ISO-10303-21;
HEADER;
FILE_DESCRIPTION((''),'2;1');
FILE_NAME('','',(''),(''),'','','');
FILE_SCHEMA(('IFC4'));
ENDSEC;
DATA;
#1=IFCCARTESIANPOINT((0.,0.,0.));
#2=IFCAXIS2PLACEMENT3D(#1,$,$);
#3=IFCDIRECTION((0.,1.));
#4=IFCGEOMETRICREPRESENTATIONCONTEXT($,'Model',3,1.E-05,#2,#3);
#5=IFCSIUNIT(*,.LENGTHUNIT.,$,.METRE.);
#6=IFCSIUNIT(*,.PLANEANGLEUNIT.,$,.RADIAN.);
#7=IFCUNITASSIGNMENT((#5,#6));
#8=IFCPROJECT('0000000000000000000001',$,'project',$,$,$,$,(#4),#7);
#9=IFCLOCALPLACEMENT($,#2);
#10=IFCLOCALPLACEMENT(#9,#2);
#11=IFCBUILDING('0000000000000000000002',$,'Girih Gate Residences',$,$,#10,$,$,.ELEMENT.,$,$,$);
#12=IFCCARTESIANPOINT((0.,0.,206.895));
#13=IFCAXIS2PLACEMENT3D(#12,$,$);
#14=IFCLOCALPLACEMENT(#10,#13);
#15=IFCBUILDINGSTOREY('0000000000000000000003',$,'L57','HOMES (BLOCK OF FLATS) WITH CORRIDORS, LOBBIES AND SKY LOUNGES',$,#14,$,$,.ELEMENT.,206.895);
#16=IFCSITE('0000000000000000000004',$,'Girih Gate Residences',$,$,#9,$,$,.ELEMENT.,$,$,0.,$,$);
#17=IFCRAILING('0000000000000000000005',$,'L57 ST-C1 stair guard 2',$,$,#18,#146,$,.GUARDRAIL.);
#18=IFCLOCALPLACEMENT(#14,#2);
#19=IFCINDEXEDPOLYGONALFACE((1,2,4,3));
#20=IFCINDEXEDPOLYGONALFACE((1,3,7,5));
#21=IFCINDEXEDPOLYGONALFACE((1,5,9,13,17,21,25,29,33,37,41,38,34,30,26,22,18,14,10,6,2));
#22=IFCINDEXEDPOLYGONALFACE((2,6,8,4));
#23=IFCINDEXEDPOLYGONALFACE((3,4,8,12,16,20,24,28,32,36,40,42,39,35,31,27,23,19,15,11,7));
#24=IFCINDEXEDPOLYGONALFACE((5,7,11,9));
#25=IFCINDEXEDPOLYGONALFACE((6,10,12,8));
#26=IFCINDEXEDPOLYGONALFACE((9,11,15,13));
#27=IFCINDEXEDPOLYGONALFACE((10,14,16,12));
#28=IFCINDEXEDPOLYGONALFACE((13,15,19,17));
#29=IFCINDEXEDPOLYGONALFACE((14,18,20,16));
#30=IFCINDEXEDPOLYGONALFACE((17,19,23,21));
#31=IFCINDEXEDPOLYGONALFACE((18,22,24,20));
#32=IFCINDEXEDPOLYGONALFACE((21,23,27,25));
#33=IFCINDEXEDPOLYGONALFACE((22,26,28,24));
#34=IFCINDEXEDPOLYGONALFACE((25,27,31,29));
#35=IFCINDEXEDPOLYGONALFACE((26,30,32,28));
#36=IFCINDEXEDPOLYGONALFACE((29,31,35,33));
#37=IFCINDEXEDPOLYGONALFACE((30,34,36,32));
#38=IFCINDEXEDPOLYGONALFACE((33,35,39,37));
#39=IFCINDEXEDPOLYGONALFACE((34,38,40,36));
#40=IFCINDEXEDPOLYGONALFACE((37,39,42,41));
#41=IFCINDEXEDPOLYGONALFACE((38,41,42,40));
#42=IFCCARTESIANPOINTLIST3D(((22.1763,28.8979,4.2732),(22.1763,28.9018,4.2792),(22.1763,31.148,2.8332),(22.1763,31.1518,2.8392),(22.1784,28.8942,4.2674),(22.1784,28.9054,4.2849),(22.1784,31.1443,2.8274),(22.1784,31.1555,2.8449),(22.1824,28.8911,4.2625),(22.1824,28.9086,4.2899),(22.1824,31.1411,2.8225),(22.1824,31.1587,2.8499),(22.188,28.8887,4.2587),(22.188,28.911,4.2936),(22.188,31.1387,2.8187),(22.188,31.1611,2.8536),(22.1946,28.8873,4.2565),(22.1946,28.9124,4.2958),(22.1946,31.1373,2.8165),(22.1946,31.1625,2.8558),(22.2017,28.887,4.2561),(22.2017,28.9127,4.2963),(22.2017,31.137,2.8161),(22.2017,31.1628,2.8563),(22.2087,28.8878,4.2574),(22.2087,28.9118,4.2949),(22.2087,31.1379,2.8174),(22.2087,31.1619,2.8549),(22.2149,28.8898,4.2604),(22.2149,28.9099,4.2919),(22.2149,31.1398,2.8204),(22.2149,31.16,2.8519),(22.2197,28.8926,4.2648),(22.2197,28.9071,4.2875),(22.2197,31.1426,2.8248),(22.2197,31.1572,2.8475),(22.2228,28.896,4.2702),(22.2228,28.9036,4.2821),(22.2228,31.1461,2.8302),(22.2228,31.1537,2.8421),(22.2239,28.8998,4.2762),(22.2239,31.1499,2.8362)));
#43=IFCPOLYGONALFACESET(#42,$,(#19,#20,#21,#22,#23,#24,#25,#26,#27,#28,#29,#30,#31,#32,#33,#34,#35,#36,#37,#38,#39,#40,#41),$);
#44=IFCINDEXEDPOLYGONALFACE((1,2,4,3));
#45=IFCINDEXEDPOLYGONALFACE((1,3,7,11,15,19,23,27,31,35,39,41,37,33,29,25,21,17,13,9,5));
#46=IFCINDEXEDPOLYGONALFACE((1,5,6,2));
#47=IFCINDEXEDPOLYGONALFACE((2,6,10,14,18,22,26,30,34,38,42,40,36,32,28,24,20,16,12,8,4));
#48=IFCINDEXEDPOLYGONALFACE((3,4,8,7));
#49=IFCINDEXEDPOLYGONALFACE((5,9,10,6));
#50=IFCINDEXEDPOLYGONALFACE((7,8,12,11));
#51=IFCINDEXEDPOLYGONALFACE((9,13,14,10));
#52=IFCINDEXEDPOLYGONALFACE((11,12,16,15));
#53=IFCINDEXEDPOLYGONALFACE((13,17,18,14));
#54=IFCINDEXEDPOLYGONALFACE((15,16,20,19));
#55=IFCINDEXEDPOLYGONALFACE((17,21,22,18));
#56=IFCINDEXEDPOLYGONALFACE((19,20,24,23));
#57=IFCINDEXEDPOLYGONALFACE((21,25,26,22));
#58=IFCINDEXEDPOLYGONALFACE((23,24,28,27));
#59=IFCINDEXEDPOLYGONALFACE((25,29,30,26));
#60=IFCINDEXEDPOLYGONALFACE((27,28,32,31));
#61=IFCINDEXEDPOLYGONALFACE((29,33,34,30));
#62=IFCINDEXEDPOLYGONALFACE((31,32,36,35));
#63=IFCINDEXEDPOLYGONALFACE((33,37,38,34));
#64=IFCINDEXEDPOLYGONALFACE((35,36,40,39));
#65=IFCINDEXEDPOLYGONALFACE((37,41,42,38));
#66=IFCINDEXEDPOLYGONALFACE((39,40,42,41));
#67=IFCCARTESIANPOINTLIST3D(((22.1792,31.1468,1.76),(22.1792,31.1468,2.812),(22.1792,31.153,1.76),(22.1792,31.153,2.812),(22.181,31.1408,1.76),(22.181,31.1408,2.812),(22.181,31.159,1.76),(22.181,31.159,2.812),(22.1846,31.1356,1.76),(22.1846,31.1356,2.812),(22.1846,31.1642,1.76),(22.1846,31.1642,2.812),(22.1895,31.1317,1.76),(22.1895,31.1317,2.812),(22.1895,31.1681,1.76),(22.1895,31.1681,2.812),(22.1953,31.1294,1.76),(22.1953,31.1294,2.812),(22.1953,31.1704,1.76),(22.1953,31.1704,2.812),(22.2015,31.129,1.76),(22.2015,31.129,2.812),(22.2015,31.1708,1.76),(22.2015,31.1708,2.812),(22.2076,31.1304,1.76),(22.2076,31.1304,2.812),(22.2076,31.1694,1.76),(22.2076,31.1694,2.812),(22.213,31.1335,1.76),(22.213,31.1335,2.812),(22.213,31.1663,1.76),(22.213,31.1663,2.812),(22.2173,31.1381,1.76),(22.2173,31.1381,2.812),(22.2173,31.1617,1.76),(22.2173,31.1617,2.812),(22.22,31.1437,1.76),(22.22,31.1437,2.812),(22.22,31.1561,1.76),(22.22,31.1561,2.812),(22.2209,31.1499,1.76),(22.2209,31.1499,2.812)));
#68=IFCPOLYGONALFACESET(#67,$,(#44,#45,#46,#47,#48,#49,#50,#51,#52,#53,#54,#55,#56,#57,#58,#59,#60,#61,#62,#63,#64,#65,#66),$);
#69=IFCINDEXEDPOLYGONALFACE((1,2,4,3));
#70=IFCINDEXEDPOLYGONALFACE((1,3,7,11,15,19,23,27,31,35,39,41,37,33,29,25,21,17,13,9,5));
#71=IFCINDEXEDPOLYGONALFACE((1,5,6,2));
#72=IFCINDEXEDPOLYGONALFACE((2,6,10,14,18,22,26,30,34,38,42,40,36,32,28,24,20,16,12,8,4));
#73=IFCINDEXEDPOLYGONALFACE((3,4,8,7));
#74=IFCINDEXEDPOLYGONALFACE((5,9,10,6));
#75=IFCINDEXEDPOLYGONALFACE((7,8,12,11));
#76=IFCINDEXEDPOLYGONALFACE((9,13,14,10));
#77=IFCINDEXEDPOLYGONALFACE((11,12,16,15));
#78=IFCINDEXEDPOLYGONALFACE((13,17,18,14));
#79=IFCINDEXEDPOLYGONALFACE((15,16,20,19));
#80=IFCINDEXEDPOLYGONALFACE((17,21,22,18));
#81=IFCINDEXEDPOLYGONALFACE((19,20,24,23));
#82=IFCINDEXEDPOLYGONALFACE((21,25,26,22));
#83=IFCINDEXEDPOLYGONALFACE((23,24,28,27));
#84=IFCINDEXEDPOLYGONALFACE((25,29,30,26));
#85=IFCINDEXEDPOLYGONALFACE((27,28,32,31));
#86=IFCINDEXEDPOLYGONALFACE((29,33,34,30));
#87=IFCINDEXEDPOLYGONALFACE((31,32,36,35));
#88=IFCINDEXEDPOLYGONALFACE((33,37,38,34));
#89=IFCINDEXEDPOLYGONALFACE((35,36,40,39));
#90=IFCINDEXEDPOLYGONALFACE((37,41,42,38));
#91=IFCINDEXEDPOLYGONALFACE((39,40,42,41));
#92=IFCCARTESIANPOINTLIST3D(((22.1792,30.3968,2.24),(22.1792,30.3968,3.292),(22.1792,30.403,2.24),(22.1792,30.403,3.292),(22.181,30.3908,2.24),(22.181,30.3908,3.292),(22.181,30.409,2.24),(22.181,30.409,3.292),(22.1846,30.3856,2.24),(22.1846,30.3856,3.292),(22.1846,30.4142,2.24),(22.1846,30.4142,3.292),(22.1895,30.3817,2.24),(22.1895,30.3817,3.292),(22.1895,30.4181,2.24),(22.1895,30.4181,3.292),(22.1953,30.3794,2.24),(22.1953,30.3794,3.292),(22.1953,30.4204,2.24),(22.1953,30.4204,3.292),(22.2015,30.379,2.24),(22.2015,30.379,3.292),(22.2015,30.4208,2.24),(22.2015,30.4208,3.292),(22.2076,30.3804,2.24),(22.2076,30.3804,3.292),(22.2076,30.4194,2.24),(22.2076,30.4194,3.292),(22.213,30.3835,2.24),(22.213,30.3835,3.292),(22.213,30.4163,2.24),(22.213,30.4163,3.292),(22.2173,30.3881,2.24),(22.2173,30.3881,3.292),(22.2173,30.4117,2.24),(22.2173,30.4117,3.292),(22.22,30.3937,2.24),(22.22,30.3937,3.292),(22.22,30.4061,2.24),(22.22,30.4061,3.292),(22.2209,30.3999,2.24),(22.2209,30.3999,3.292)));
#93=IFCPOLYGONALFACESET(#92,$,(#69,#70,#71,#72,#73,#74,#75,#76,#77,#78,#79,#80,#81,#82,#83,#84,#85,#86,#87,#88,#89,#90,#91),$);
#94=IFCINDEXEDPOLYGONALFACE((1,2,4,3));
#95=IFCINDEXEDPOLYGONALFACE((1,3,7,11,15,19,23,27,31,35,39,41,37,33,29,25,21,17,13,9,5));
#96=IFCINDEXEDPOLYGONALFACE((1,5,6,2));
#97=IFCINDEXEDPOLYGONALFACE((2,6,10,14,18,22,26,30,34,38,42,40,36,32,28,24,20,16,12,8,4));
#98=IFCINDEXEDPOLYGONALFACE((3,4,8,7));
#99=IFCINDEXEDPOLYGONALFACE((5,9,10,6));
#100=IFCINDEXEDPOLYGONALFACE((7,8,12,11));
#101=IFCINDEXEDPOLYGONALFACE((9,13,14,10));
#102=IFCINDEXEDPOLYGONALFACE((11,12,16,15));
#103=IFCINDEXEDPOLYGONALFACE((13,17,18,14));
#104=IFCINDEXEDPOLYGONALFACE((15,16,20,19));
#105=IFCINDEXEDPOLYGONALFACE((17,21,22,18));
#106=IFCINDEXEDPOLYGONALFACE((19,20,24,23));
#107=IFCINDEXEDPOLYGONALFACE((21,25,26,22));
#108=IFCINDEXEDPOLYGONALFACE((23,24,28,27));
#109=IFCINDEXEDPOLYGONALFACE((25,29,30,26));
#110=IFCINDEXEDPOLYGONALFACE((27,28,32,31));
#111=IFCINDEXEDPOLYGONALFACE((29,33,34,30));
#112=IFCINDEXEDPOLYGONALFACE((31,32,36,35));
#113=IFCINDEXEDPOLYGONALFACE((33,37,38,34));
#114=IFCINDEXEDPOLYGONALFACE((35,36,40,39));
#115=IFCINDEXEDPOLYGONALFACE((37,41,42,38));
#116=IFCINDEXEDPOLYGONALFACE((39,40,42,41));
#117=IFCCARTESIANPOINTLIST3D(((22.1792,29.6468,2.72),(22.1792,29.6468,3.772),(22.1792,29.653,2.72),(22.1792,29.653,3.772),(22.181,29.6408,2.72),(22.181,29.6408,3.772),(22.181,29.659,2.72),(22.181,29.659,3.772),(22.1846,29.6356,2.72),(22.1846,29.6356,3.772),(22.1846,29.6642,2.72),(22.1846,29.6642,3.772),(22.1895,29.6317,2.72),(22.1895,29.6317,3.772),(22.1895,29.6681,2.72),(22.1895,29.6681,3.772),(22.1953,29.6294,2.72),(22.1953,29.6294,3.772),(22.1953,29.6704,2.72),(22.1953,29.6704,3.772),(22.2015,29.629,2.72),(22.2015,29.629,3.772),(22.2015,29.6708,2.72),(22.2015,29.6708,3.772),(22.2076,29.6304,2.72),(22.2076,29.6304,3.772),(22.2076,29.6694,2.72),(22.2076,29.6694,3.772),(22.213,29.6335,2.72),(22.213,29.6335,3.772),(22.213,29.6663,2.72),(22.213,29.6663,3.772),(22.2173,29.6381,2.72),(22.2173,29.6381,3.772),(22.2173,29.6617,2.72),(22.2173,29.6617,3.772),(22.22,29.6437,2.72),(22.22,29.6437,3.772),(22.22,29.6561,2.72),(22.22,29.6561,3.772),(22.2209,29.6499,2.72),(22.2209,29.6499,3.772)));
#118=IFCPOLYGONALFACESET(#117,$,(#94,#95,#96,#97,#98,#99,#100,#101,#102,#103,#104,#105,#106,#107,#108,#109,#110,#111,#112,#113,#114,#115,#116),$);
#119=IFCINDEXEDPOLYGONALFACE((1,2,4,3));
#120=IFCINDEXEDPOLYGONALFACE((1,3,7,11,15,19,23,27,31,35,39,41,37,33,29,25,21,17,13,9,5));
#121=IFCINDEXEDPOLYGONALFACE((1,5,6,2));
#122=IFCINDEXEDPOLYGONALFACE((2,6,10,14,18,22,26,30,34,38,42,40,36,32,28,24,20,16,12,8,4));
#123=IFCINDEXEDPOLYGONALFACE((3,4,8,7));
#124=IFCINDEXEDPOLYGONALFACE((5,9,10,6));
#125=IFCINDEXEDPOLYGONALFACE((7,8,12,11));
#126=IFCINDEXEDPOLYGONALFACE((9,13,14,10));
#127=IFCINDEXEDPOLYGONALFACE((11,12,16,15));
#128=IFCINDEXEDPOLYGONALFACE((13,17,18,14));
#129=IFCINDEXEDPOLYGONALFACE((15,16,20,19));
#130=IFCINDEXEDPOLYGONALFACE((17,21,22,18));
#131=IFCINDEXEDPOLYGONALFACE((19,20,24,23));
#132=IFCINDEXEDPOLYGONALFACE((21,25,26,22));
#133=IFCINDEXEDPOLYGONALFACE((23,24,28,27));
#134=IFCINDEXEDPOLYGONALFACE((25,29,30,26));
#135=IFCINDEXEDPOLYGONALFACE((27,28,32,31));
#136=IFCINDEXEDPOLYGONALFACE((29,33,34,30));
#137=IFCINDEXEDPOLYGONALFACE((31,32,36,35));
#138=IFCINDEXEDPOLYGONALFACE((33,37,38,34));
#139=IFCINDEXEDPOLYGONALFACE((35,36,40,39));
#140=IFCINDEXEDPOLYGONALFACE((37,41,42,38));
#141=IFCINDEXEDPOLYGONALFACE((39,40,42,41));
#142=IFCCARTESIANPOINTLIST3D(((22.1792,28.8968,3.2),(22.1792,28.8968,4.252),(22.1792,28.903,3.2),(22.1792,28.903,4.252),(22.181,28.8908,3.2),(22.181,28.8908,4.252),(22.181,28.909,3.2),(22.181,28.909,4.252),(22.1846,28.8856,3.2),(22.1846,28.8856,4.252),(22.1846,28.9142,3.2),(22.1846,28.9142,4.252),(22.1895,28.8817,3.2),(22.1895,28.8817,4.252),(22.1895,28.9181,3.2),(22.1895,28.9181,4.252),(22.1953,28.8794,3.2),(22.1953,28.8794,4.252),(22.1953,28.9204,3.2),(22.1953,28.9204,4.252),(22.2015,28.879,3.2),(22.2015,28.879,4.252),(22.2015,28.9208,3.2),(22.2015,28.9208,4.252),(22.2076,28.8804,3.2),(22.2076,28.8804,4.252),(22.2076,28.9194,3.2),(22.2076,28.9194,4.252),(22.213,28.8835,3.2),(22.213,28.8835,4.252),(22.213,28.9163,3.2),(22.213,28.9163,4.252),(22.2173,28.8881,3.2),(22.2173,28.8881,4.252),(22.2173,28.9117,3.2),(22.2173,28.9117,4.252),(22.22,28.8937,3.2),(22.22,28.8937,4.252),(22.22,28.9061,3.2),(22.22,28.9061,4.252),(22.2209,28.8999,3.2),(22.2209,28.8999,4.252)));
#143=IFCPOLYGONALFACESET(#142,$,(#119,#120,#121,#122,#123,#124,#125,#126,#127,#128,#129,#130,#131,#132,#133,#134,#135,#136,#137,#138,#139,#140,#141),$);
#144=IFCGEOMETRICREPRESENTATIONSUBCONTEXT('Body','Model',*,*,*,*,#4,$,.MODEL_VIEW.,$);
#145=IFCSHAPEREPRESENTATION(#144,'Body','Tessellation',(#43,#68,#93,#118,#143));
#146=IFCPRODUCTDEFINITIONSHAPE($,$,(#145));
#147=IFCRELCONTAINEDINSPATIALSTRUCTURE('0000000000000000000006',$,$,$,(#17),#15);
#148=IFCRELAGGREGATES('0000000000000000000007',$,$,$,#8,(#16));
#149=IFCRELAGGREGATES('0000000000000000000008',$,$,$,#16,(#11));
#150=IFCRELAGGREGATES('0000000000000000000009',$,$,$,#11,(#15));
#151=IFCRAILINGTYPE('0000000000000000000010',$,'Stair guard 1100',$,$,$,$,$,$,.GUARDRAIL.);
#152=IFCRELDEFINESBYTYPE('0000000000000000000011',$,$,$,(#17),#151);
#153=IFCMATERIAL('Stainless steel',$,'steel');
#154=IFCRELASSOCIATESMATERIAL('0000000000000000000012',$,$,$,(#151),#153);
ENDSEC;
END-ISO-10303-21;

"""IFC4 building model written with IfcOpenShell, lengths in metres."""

from ifc_helpers import new_model, si_unit, direction, frame, origin, origin_2d, place, context, subcontext, project, spatial, circle, extrude, material, type_object, element, save


model = new_model("IFC4")

# Units and contexts
model_context = context("Model", 3, precision=1e-05, world=origin(), true_north=direction((0.0, 1.0)))
body_context = subcontext(model_context, "Body", "Model", "MODEL_VIEW")
ifc_project = project(units=[si_unit("LENGTHUNIT", "METRE"), si_unit("PLANEANGLEUNIT", "RADIAN")], contexts=[model_context])

# Site, building, storey
site_placement = place(None, origin())
site = spatial("IfcSite", under=ifc_project, at=site_placement, Name="Girih Gate Residences", CompositionType="ELEMENT", RefElevation=0.0)
building_placement = place(site_placement, origin())
building = spatial("IfcBuilding", under=site, at=building_placement, Name="Girih Gate Residences", CompositionType="ELEMENT")
storey_placement = place(building_placement, frame((0.0, 0.0, 206.895)))
storey = spatial("IfcBuildingStorey", under=building, at=storey_placement, Name="L57", Description="HOMES (BLOCK OF FLATS) WITH CORRIDORS, LOBBIES AND SKY LOUNGES", CompositionType="ELEMENT", Elevation=206.895)

# Railing
ifc_material_1 = material(Name="Stainless steel", Category="steel")
railing_type_1 = type_object("IfcRailingType", Name="Stair guard 1100", PredefinedType="GUARDRAIL", material=ifc_material_1)
railing_1_placement = place(storey_placement, frame((22.2, 31.1499, 1.76)))
element("IfcRailing", 1, at=railing_1_placement, inside=storey, type_object=railing_type_1, Name="L57 ST-C1 stair guard 2", PredefinedType="GUARDRAIL", context=body_context, shape_type="SweptSolid", body=[
    extrude(circle(Radius=0.0239, at=origin_2d()), frame((0.0, 0.0, 1.0762), z_axis=(0.0, -0.842281, 0.539038), x_axis=(1.0, 0.0, 0.0)), (0.0, 0.0, 1.0), 2.6714),
    extrude(circle(Radius=0.021, at=origin_2d()), origin(), (0.0, 0.0, 1.0), 1.052),
    extrude(circle(Radius=0.021, at=origin_2d()), frame((0.0, -0.75, 0.48)), (0.0, 0.0, 1.0), 1.052),
    extrude(circle(Radius=0.021, at=origin_2d()), frame((0.0, -1.5, 0.96)), (0.0, 0.0, 1.0), 1.052),
    extrude(circle(Radius=0.021, at=origin_2d()), frame((0.0, -2.25, 1.4399)), (0.0, 0.0, 1.0), 1.052),
])

save(model, "model.ifc")
